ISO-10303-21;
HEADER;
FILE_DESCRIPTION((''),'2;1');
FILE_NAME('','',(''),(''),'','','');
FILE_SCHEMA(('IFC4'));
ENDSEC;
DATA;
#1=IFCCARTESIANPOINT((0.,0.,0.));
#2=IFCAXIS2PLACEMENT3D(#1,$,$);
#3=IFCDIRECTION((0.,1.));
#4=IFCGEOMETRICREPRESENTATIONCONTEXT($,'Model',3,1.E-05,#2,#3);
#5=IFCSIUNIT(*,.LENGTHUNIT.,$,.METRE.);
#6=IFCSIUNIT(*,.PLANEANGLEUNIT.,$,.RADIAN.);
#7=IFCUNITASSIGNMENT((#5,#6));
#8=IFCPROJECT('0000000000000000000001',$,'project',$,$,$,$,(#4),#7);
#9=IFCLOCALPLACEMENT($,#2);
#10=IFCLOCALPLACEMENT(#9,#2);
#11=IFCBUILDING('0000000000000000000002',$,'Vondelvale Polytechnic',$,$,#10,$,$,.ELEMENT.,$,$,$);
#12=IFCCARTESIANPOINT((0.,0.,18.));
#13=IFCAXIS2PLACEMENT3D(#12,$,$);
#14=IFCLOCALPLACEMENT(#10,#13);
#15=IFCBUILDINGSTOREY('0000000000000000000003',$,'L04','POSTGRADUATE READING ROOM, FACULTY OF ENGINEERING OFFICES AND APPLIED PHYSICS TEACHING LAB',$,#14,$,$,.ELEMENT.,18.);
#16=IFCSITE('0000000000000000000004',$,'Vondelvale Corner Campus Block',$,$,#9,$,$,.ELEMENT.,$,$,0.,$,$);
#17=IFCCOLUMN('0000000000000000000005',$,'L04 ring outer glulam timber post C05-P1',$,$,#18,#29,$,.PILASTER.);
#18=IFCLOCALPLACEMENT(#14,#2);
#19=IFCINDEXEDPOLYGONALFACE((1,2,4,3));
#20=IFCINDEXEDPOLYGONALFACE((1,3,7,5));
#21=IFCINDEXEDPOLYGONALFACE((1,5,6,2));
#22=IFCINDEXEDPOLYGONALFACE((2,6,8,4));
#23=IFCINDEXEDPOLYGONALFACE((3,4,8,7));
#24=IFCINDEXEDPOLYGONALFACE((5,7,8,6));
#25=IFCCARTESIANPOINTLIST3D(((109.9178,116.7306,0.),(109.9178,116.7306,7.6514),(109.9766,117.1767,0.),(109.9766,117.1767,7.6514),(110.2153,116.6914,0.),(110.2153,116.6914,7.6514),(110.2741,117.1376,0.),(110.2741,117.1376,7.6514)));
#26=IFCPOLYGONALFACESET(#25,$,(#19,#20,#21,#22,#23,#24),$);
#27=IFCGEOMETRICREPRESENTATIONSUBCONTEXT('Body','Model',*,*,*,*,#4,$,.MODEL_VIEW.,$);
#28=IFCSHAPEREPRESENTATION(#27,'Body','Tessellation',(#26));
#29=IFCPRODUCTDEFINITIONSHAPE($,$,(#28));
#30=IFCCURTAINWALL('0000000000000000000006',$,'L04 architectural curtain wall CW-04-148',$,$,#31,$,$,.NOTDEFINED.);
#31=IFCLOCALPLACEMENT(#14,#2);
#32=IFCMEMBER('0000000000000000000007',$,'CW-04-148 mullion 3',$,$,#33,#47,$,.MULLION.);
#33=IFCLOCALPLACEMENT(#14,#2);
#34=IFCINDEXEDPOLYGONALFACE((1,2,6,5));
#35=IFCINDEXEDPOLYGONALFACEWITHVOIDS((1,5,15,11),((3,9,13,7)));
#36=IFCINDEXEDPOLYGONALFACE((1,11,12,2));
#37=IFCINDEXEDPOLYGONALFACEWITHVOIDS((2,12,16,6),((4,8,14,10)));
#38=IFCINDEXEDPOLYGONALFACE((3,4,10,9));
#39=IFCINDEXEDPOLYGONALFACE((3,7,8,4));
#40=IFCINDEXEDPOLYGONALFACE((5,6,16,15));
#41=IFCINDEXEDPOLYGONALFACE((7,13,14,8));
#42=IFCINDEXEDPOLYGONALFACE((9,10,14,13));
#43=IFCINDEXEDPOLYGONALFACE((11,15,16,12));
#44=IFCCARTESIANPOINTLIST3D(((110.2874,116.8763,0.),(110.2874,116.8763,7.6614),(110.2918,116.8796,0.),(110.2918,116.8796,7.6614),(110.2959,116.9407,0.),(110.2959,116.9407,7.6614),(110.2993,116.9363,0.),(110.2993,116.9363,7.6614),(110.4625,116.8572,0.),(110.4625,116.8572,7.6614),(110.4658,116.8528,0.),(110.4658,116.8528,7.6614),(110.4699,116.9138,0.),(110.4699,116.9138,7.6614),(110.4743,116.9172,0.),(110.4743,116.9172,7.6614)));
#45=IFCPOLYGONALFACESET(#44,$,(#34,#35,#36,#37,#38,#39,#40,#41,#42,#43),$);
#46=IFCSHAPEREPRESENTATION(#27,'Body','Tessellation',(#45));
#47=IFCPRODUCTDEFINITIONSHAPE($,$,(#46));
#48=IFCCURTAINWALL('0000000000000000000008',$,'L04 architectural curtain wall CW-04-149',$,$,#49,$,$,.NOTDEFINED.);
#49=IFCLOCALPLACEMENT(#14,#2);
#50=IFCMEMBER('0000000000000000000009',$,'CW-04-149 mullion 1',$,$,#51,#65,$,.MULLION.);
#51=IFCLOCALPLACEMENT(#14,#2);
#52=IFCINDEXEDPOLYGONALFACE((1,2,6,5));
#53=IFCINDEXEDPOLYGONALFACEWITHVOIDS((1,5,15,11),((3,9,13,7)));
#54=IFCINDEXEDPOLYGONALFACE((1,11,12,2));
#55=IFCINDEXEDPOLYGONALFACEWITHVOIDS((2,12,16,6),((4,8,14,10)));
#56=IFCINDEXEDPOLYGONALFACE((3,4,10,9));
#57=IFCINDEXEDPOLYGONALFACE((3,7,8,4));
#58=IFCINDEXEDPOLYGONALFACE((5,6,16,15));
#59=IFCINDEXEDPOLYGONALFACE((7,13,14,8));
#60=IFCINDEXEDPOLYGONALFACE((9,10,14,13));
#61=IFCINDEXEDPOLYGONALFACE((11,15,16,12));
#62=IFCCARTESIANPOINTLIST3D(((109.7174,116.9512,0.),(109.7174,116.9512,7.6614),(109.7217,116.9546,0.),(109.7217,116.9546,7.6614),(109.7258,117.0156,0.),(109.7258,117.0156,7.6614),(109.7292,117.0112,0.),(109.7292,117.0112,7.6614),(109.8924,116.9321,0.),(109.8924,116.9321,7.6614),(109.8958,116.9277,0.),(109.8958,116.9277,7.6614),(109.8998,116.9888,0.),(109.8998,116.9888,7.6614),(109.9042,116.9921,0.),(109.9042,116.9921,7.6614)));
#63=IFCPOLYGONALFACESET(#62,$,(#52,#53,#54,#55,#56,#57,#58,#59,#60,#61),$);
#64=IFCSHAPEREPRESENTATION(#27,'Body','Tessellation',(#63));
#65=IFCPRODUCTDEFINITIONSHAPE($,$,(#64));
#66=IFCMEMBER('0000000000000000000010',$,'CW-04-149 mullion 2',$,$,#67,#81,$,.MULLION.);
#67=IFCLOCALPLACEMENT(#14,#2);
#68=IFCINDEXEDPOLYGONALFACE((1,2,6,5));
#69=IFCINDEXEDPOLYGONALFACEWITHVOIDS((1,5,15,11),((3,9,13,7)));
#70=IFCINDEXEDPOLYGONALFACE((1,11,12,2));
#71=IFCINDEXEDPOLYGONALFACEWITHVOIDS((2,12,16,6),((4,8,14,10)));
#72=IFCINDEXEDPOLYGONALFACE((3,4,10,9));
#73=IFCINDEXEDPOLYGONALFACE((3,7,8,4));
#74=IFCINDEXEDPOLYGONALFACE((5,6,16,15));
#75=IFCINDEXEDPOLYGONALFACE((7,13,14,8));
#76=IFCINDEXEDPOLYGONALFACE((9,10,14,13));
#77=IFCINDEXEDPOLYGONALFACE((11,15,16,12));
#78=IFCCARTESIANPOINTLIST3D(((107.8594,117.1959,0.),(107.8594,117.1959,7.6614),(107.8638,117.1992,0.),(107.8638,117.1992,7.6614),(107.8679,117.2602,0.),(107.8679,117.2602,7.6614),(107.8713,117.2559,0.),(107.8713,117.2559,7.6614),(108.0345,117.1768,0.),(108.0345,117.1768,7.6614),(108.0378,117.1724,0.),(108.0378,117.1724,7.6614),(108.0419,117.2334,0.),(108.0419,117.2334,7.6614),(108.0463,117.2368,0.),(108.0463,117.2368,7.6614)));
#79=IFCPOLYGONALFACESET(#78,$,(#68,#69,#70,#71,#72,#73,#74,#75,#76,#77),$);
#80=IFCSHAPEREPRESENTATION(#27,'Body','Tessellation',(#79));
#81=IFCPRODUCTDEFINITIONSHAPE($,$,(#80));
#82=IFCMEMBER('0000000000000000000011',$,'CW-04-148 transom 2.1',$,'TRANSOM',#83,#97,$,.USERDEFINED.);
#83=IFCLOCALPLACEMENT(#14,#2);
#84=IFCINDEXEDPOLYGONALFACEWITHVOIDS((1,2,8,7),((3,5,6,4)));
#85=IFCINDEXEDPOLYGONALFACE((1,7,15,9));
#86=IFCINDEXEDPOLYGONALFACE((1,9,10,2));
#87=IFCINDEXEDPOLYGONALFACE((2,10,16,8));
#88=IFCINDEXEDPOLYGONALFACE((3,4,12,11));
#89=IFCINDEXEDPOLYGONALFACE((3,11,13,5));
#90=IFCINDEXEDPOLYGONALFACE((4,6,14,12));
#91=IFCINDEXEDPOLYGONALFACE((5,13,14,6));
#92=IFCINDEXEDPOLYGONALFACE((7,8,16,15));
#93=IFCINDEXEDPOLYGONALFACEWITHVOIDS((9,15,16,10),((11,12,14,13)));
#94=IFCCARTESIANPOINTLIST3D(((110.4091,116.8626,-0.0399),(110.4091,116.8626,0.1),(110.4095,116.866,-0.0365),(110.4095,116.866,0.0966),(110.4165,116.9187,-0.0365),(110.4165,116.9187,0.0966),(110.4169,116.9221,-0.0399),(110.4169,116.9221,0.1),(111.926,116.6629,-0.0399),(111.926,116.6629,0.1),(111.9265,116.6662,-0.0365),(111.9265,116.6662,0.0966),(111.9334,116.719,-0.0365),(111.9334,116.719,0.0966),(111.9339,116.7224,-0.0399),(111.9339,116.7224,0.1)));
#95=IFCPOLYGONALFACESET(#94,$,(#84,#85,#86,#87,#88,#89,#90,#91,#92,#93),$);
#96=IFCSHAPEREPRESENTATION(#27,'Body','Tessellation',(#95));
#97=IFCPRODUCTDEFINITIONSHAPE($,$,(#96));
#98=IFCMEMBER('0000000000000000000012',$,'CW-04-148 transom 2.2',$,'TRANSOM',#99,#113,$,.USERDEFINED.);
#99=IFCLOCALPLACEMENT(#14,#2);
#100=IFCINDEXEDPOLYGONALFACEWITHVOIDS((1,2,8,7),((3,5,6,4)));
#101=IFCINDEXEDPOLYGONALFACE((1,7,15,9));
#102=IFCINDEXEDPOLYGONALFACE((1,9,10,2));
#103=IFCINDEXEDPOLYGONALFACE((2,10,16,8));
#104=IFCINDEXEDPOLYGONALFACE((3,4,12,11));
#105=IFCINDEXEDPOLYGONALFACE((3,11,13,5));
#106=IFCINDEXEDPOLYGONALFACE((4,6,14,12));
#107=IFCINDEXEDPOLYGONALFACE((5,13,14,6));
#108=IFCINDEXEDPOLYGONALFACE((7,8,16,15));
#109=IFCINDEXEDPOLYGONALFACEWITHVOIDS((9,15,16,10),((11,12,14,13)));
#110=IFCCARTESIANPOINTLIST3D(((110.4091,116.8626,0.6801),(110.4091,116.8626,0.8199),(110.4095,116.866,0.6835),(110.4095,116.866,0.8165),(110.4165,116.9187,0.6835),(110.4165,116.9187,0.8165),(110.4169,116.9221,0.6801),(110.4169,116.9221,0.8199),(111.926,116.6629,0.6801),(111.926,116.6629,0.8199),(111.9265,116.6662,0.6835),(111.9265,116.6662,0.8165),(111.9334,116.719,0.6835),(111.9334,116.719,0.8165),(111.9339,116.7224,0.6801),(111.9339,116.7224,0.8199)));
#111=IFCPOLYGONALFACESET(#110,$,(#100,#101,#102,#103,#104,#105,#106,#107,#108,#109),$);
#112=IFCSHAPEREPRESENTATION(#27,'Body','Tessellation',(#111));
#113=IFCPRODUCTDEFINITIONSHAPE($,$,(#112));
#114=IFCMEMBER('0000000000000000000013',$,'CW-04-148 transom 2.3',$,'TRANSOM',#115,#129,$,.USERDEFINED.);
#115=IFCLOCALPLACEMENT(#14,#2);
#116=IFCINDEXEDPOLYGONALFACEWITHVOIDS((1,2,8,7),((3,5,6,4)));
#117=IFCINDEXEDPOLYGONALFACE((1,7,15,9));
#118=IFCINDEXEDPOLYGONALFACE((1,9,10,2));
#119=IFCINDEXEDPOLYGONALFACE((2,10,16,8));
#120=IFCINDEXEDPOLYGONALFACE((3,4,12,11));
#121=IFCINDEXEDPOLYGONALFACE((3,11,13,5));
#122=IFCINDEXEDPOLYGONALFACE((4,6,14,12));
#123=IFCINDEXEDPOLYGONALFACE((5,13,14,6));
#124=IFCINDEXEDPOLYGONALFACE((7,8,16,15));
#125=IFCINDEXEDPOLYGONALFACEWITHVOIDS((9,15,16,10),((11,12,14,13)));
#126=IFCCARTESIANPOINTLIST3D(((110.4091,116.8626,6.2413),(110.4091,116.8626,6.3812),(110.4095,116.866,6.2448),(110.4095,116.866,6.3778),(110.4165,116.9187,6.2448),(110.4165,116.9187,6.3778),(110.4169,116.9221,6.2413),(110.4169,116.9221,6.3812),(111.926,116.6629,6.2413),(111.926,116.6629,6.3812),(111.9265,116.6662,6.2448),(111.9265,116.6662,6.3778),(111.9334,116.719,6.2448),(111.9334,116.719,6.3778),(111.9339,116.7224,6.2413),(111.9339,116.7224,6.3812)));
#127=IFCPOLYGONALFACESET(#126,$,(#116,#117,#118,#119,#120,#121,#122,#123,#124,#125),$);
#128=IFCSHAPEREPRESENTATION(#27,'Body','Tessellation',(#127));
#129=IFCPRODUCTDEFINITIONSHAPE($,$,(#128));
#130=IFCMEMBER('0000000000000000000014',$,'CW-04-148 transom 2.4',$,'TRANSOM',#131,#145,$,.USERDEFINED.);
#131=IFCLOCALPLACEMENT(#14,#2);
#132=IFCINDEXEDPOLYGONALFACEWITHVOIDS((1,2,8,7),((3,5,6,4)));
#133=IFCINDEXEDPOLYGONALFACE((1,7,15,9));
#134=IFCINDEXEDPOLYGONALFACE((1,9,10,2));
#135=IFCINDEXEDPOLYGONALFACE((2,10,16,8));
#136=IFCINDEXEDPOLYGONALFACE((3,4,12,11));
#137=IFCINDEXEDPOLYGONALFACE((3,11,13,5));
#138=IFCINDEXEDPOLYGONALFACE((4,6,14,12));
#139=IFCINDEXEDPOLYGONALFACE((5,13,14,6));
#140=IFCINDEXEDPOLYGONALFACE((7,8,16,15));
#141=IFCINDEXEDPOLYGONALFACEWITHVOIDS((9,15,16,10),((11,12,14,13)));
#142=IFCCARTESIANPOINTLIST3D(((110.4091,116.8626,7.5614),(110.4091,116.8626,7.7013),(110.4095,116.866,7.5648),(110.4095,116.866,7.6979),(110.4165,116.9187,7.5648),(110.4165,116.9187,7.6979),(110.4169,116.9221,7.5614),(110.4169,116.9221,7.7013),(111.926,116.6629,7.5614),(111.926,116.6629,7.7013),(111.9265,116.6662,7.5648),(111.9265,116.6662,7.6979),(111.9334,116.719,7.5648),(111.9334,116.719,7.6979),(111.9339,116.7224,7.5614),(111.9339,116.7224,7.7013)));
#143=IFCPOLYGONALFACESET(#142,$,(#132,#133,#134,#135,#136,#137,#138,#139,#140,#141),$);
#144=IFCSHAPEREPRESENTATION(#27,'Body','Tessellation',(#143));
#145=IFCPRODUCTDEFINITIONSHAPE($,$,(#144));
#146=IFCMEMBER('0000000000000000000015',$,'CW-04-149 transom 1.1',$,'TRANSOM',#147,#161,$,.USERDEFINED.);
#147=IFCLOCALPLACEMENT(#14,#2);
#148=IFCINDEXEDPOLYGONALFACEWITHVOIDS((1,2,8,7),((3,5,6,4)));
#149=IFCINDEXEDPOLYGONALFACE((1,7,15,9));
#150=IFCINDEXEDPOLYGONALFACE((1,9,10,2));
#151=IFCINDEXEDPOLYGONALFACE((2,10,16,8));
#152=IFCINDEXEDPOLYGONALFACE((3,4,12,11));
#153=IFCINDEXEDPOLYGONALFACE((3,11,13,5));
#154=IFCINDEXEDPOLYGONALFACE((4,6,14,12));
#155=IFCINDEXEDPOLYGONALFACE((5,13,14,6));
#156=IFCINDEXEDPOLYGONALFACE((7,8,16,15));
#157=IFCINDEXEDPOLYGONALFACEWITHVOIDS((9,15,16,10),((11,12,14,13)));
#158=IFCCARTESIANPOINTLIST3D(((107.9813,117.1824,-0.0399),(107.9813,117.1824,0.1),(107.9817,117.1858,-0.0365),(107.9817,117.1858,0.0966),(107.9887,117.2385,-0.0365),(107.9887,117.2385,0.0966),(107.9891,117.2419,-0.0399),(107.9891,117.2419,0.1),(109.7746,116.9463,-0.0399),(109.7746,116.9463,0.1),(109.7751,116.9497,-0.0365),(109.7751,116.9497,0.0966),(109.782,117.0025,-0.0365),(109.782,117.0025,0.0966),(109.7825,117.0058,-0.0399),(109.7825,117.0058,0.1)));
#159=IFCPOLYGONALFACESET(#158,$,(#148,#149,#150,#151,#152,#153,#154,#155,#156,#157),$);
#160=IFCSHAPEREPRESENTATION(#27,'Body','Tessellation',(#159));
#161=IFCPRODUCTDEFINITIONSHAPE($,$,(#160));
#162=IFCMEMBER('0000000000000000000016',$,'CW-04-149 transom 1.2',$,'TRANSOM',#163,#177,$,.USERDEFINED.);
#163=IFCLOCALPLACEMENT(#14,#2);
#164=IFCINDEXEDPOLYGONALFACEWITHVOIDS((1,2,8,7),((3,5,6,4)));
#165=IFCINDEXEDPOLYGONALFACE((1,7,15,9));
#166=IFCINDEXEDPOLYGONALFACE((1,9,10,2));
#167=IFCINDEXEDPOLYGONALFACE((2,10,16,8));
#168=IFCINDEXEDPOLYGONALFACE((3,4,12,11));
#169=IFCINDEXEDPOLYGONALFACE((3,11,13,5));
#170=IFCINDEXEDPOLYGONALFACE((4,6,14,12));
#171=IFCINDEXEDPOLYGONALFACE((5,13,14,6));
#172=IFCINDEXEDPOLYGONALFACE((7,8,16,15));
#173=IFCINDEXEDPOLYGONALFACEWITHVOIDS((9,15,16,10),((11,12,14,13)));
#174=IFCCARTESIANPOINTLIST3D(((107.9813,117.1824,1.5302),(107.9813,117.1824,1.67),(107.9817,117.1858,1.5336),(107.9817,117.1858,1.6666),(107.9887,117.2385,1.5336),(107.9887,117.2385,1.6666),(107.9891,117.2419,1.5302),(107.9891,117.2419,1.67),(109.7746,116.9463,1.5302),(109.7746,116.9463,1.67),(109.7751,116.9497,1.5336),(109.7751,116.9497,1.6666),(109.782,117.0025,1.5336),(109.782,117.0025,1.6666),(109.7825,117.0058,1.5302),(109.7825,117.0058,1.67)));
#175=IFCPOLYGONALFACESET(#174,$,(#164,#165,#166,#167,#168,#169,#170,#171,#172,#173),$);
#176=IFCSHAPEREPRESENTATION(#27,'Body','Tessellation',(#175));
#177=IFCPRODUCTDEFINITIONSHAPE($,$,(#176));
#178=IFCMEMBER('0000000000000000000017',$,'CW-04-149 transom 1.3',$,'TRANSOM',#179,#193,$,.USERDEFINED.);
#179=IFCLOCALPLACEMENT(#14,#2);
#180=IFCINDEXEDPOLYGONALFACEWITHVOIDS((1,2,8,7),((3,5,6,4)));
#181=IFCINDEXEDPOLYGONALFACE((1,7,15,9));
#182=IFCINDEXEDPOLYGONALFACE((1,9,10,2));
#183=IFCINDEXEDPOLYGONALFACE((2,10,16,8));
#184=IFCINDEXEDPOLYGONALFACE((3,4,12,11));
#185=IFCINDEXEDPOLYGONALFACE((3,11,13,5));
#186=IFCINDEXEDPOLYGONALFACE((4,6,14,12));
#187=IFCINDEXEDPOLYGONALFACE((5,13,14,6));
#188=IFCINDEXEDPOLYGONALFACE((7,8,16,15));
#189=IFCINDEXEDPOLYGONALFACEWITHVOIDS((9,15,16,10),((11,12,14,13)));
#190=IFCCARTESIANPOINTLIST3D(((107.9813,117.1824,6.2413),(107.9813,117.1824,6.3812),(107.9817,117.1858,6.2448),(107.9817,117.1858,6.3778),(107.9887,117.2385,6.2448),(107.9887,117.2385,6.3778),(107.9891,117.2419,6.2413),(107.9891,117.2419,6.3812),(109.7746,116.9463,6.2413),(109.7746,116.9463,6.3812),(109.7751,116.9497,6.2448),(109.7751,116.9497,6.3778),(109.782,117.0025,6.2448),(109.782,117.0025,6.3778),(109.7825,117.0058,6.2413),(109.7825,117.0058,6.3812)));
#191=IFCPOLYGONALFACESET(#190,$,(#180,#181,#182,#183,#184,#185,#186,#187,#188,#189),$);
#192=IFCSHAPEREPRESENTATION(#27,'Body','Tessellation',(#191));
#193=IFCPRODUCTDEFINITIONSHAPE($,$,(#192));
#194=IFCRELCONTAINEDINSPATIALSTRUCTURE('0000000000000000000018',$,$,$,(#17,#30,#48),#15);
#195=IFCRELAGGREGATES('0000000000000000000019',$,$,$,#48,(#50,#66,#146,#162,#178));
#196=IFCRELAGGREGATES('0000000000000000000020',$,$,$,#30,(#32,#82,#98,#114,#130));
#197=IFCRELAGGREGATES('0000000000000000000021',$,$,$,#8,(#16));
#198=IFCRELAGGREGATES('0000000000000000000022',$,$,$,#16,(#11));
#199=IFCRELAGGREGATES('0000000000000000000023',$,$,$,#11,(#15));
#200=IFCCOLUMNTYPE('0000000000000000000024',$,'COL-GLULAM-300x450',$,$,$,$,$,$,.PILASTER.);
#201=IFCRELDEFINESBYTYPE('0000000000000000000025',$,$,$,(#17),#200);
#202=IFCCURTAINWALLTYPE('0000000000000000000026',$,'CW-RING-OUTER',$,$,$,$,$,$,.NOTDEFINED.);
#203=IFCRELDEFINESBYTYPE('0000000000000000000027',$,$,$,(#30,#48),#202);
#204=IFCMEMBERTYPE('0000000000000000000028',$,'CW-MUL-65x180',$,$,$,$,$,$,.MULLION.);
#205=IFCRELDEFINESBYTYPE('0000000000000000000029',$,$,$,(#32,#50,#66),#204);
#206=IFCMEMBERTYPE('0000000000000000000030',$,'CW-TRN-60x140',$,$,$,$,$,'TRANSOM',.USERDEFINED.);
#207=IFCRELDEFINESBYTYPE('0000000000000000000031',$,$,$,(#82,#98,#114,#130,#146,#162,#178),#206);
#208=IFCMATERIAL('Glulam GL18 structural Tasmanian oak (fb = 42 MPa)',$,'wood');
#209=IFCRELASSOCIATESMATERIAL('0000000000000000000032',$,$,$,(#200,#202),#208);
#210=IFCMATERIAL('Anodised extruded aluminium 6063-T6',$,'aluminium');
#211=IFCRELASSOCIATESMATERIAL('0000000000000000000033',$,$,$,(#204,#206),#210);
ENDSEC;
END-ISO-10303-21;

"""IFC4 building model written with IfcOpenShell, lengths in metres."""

from ifc_helpers import new_model, si_unit, direction, frame, origin, origin_2d, place, context, subcontext, project, spatial, rectangle, hollow_rectangle, extrude, material, material_profile, profile_set, type_object, element, aggregate, save


model = new_model("IFC4")

# Units and contexts
model_context = context("Model", 3, precision=1e-05, world=origin(), true_north=direction((0.0, 1.0)))
body_context = subcontext(model_context, "Body", "Model", "MODEL_VIEW")
ifc_project = project(units=[si_unit("LENGTHUNIT", "METRE"), si_unit("PLANEANGLEUNIT", "RADIAN")], contexts=[model_context])

# Site, building, storey
site_placement = place(None, origin())
site = spatial("IfcSite", under=ifc_project, at=site_placement, Name="Vondelvale Corner Campus Block", CompositionType="ELEMENT", RefElevation=0.0)
building_placement = place(site_placement, origin())
building = spatial("IfcBuilding", under=site, at=building_placement, Name="Vondelvale Polytechnic", CompositionType="ELEMENT")
storey_placement = place(building_placement, frame((0.0, 0.0, 18.0)))
storey = spatial("IfcBuildingStorey", under=building, at=storey_placement, Name="L04", Description="POSTGRADUATE READING ROOM, FACULTY OF ENGINEERING OFFICES AND APPLIED PHYSICS TEACHING LAB", CompositionType="ELEMENT", Elevation=18.0)

# Column
ifc_material_1 = material(Name="Glulam GL18 structural Tasmanian oak (fb = 42 MPa)", Category="wood")
ifc_material_profile_1 = material_profile(ifc_material_1, rectangle(XDim=0.3, YDim=0.45, at=origin_2d()), Name="GL-POST-300x450")
ifc_profile_set_1 = profile_set([ifc_material_profile_1], Name="Glulam GL18 structural Tasmanian oak (fb = 42 MPa)")
column_type = type_object("IfcColumnType", Name="COL-GLULAM-300x450", PredefinedType="PILASTER", material=ifc_profile_set_1)
column_placement = place(storey_placement, frame((110.0959, 116.9341, 0.0), z_axis=(0.0, 0.0, 1.0), x_axis=(-0.991445, 0.130526, 0.0)))
element("IfcColumn", 1, at=column_placement, inside=storey, type_object=column_type, Name="L04 ring outer glulam timber post C05-P1", PredefinedType="PILASTER", context=body_context, shape_type="SweptSolid", body=[
    extrude(rectangle(XDim=0.3, YDim=0.45, at=origin_2d()), origin(), (0.0, 0.0, 1.0), 7.6514),
])

# Curtain wall, member
curtain_wall_type = type_object("IfcCurtainWallType", Name="CW-RING-OUTER", PredefinedType="NOTDEFINED", material=ifc_material_1)
curtain_wall_1_placement = place(storey_placement, origin())
curtain_wall_1 = element("IfcCurtainWall", 2, at=curtain_wall_1_placement, inside=storey, type_object=curtain_wall_type, Name="L04 architectural curtain wall CW-04-148", PredefinedType="NOTDEFINED")
ifc_material_2 = material(Name="Anodised extruded aluminium 6063-T6", Category="aluminium")
ifc_material_profile_2 = material_profile(ifc_material_2, hollow_rectangle(XDim=0.0649, YDim=0.1799, WallThickness=0.0039, at=origin_2d()), Name="CW-MUL-180x65")
ifc_profile_set_2 = profile_set([ifc_material_profile_2], Name="Anodised extruded aluminium 6063-T6")
member_type_1 = type_object("IfcMemberType", Name="CW-MUL-65x180", PredefinedType="MULLION", material=ifc_profile_set_2)
member_1_placement = place(storey_placement, frame((110.3809, 116.8967, 0.0), z_axis=(0.0, 0.0, 1.0), x_axis=(-0.13054, -0.991443, 0.0)))
member_1 = element("IfcMember", 3, at=member_1_placement, type_object=member_type_1, Name="CW-04-148 mullion 3", PredefinedType="MULLION", context=body_context, shape_type="SweptSolid", body=[
    extrude(hollow_rectangle(XDim=0.0649, YDim=0.1799, WallThickness=0.0039, at=origin_2d()), origin(), (0.0, 0.0, 1.0), 7.6614),
])

# Curtain wall, members
curtain_wall_2_placement = place(storey_placement, origin())
curtain_wall_2 = element("IfcCurtainWall", 4, at=curtain_wall_2_placement, inside=storey, type_object=curtain_wall_type, Name="L04 architectural curtain wall CW-04-149", PredefinedType="NOTDEFINED")
member_2_placement = place(storey_placement, frame((109.8108, 116.9717, 0.0), z_axis=(0.0, 0.0, 1.0), x_axis=(-0.130497, -0.991449, 0.0)))
member_2 = element("IfcMember", 5, at=member_2_placement, type_object=member_type_1, Name="CW-04-149 mullion 1", PredefinedType="MULLION", context=body_context, shape_type="SweptSolid", body=[
    extrude(hollow_rectangle(XDim=0.0649, YDim=0.1799, WallThickness=0.0039, at=origin_2d()), origin(), (0.0, 0.0, 1.0), 7.6614),
])
member_3_placement = place(storey_placement, frame((107.9529, 117.2163, 0.0), z_axis=(0.0, 0.0, 1.0), x_axis=(-0.130497, -0.991449, 0.0)))
member_3 = element("IfcMember", 6, at=member_3_placement, type_object=member_type_1, Name="CW-04-149 mullion 2", PredefinedType="MULLION", context=body_context, shape_type="SweptSolid", body=[
    extrude(hollow_rectangle(XDim=0.0649, YDim=0.1799, WallThickness=0.0039, at=origin_2d()), origin(), (0.0, 0.0, 1.0), 7.6614),
])

# Members
ifc_material_profile_3 = material_profile(ifc_material_2, hollow_rectangle(XDim=0.0601, YDim=0.1399, WallThickness=0.0034, at=origin_2d()), Name="CW-TRN-140x60")
ifc_profile_set_3 = profile_set([ifc_material_profile_3], Name="Anodised extruded aluminium 6063-T6")
member_type_2 = type_object("IfcMemberType", Name="CW-TRN-60x140", ElementType="TRANSOM", PredefinedType="USERDEFINED", material=ifc_profile_set_3)
member_4_placement = place(storey_placement, frame((111.9299, 116.6926, 0.03), z_axis=(-0.991444, 0.130533, 0.0), x_axis=(-0.130533, -0.991444, 0.0)))
member_4 = element("IfcMember", 7, at=member_4_placement, type_object=member_type_2, Name="CW-04-148 transom 2.1", ObjectType="TRANSOM", PredefinedType="USERDEFINED", context=body_context, shape_type="SweptSolid", body=[
    extrude(hollow_rectangle(XDim=0.0601, YDim=0.1399, WallThickness=0.0034, at=origin_2d()), origin(), (0.0, 0.0, 1.0), 1.53),
])
member_5_placement = place(storey_placement, frame((111.9299, 116.6926, 0.75), z_axis=(-0.991444, 0.130533, 0.0), x_axis=(-0.130533, -0.991444, 0.0)))
member_5 = element("IfcMember", 8, at=member_5_placement, type_object=member_type_2, Name="CW-04-148 transom 2.2", ObjectType="TRANSOM", PredefinedType="USERDEFINED", context=body_context, shape_type="SweptSolid", body=[
    extrude(hollow_rectangle(XDim=0.0601, YDim=0.1399, WallThickness=0.0034, at=origin_2d()), origin(), (0.0, 0.0, 1.0), 1.53),
])
member_6_placement = place(storey_placement, frame((111.9299, 116.6926, 6.3113), z_axis=(-0.991444, 0.130533, 0.0), x_axis=(-0.130533, -0.991444, 0.0)))
member_6 = element("IfcMember", 9, at=member_6_placement, type_object=member_type_2, Name="CW-04-148 transom 2.3", ObjectType="TRANSOM", PredefinedType="USERDEFINED", context=body_context, shape_type="SweptSolid", body=[
    extrude(hollow_rectangle(XDim=0.0601, YDim=0.1399, WallThickness=0.0034, at=origin_2d()), origin(), (0.0, 0.0, 1.0), 1.53),
])
member_7_placement = place(storey_placement, frame((111.9299, 116.6926, 7.6313), z_axis=(-0.991444, 0.130533, 0.0), x_axis=(-0.130533, -0.991444, 0.0)))
member_7 = element("IfcMember", 10, at=member_7_placement, type_object=member_type_2, Name="CW-04-148 transom 2.4", ObjectType="TRANSOM", PredefinedType="USERDEFINED", context=body_context, shape_type="SweptSolid", body=[
    extrude(hollow_rectangle(XDim=0.0601, YDim=0.1399, WallThickness=0.0034, at=origin_2d()), origin(), (0.0, 0.0, 1.0), 1.53),
])
member_8_placement = place(storey_placement, frame((109.7786, 116.9761, 0.03), z_axis=(-0.991447, 0.13051, 0.0), x_axis=(-0.13051, -0.991447, 0.0)))
member_8 = element("IfcMember", 11, at=member_8_placement, type_object=member_type_2, Name="CW-04-149 transom 1.1", ObjectType="TRANSOM", PredefinedType="USERDEFINED", context=body_context, shape_type="SweptSolid", body=[
    extrude(hollow_rectangle(XDim=0.0601, YDim=0.1399, WallThickness=0.0034, at=origin_2d()), origin(), (0.0, 0.0, 1.0), 1.8088),
])
member_9_placement = place(storey_placement, frame((109.7786, 116.9761, 1.6001), z_axis=(-0.991447, 0.13051, 0.0), x_axis=(-0.13051, -0.991447, 0.0)))
member_9 = element("IfcMember", 12, at=member_9_placement, type_object=member_type_2, Name="CW-04-149 transom 1.2", ObjectType="TRANSOM", PredefinedType="USERDEFINED", context=body_context, shape_type="SweptSolid", body=[
    extrude(hollow_rectangle(XDim=0.0601, YDim=0.1399, WallThickness=0.0034, at=origin_2d()), origin(), (0.0, 0.0, 1.0), 1.8088),
])
member_10_placement = place(storey_placement, frame((109.7786, 116.9761, 6.3113), z_axis=(-0.991447, 0.13051, 0.0), x_axis=(-0.13051, -0.991447, 0.0)))
member_10 = element("IfcMember", 13, at=member_10_placement, type_object=member_type_2, Name="CW-04-149 transom 1.3", ObjectType="TRANSOM", PredefinedType="USERDEFINED", context=body_context, shape_type="SweptSolid", body=[
    extrude(hollow_rectangle(XDim=0.0601, YDim=0.1399, WallThickness=0.0034, at=origin_2d()), origin(), (0.0, 0.0, 1.0), 1.8088),
])

aggregate(curtain_wall_2, [member_2, member_3, member_8, member_9, member_10])
aggregate(curtain_wall_1, [member_1, member_4, member_5, member_6, member_7])

save(model, "model.ifc")
